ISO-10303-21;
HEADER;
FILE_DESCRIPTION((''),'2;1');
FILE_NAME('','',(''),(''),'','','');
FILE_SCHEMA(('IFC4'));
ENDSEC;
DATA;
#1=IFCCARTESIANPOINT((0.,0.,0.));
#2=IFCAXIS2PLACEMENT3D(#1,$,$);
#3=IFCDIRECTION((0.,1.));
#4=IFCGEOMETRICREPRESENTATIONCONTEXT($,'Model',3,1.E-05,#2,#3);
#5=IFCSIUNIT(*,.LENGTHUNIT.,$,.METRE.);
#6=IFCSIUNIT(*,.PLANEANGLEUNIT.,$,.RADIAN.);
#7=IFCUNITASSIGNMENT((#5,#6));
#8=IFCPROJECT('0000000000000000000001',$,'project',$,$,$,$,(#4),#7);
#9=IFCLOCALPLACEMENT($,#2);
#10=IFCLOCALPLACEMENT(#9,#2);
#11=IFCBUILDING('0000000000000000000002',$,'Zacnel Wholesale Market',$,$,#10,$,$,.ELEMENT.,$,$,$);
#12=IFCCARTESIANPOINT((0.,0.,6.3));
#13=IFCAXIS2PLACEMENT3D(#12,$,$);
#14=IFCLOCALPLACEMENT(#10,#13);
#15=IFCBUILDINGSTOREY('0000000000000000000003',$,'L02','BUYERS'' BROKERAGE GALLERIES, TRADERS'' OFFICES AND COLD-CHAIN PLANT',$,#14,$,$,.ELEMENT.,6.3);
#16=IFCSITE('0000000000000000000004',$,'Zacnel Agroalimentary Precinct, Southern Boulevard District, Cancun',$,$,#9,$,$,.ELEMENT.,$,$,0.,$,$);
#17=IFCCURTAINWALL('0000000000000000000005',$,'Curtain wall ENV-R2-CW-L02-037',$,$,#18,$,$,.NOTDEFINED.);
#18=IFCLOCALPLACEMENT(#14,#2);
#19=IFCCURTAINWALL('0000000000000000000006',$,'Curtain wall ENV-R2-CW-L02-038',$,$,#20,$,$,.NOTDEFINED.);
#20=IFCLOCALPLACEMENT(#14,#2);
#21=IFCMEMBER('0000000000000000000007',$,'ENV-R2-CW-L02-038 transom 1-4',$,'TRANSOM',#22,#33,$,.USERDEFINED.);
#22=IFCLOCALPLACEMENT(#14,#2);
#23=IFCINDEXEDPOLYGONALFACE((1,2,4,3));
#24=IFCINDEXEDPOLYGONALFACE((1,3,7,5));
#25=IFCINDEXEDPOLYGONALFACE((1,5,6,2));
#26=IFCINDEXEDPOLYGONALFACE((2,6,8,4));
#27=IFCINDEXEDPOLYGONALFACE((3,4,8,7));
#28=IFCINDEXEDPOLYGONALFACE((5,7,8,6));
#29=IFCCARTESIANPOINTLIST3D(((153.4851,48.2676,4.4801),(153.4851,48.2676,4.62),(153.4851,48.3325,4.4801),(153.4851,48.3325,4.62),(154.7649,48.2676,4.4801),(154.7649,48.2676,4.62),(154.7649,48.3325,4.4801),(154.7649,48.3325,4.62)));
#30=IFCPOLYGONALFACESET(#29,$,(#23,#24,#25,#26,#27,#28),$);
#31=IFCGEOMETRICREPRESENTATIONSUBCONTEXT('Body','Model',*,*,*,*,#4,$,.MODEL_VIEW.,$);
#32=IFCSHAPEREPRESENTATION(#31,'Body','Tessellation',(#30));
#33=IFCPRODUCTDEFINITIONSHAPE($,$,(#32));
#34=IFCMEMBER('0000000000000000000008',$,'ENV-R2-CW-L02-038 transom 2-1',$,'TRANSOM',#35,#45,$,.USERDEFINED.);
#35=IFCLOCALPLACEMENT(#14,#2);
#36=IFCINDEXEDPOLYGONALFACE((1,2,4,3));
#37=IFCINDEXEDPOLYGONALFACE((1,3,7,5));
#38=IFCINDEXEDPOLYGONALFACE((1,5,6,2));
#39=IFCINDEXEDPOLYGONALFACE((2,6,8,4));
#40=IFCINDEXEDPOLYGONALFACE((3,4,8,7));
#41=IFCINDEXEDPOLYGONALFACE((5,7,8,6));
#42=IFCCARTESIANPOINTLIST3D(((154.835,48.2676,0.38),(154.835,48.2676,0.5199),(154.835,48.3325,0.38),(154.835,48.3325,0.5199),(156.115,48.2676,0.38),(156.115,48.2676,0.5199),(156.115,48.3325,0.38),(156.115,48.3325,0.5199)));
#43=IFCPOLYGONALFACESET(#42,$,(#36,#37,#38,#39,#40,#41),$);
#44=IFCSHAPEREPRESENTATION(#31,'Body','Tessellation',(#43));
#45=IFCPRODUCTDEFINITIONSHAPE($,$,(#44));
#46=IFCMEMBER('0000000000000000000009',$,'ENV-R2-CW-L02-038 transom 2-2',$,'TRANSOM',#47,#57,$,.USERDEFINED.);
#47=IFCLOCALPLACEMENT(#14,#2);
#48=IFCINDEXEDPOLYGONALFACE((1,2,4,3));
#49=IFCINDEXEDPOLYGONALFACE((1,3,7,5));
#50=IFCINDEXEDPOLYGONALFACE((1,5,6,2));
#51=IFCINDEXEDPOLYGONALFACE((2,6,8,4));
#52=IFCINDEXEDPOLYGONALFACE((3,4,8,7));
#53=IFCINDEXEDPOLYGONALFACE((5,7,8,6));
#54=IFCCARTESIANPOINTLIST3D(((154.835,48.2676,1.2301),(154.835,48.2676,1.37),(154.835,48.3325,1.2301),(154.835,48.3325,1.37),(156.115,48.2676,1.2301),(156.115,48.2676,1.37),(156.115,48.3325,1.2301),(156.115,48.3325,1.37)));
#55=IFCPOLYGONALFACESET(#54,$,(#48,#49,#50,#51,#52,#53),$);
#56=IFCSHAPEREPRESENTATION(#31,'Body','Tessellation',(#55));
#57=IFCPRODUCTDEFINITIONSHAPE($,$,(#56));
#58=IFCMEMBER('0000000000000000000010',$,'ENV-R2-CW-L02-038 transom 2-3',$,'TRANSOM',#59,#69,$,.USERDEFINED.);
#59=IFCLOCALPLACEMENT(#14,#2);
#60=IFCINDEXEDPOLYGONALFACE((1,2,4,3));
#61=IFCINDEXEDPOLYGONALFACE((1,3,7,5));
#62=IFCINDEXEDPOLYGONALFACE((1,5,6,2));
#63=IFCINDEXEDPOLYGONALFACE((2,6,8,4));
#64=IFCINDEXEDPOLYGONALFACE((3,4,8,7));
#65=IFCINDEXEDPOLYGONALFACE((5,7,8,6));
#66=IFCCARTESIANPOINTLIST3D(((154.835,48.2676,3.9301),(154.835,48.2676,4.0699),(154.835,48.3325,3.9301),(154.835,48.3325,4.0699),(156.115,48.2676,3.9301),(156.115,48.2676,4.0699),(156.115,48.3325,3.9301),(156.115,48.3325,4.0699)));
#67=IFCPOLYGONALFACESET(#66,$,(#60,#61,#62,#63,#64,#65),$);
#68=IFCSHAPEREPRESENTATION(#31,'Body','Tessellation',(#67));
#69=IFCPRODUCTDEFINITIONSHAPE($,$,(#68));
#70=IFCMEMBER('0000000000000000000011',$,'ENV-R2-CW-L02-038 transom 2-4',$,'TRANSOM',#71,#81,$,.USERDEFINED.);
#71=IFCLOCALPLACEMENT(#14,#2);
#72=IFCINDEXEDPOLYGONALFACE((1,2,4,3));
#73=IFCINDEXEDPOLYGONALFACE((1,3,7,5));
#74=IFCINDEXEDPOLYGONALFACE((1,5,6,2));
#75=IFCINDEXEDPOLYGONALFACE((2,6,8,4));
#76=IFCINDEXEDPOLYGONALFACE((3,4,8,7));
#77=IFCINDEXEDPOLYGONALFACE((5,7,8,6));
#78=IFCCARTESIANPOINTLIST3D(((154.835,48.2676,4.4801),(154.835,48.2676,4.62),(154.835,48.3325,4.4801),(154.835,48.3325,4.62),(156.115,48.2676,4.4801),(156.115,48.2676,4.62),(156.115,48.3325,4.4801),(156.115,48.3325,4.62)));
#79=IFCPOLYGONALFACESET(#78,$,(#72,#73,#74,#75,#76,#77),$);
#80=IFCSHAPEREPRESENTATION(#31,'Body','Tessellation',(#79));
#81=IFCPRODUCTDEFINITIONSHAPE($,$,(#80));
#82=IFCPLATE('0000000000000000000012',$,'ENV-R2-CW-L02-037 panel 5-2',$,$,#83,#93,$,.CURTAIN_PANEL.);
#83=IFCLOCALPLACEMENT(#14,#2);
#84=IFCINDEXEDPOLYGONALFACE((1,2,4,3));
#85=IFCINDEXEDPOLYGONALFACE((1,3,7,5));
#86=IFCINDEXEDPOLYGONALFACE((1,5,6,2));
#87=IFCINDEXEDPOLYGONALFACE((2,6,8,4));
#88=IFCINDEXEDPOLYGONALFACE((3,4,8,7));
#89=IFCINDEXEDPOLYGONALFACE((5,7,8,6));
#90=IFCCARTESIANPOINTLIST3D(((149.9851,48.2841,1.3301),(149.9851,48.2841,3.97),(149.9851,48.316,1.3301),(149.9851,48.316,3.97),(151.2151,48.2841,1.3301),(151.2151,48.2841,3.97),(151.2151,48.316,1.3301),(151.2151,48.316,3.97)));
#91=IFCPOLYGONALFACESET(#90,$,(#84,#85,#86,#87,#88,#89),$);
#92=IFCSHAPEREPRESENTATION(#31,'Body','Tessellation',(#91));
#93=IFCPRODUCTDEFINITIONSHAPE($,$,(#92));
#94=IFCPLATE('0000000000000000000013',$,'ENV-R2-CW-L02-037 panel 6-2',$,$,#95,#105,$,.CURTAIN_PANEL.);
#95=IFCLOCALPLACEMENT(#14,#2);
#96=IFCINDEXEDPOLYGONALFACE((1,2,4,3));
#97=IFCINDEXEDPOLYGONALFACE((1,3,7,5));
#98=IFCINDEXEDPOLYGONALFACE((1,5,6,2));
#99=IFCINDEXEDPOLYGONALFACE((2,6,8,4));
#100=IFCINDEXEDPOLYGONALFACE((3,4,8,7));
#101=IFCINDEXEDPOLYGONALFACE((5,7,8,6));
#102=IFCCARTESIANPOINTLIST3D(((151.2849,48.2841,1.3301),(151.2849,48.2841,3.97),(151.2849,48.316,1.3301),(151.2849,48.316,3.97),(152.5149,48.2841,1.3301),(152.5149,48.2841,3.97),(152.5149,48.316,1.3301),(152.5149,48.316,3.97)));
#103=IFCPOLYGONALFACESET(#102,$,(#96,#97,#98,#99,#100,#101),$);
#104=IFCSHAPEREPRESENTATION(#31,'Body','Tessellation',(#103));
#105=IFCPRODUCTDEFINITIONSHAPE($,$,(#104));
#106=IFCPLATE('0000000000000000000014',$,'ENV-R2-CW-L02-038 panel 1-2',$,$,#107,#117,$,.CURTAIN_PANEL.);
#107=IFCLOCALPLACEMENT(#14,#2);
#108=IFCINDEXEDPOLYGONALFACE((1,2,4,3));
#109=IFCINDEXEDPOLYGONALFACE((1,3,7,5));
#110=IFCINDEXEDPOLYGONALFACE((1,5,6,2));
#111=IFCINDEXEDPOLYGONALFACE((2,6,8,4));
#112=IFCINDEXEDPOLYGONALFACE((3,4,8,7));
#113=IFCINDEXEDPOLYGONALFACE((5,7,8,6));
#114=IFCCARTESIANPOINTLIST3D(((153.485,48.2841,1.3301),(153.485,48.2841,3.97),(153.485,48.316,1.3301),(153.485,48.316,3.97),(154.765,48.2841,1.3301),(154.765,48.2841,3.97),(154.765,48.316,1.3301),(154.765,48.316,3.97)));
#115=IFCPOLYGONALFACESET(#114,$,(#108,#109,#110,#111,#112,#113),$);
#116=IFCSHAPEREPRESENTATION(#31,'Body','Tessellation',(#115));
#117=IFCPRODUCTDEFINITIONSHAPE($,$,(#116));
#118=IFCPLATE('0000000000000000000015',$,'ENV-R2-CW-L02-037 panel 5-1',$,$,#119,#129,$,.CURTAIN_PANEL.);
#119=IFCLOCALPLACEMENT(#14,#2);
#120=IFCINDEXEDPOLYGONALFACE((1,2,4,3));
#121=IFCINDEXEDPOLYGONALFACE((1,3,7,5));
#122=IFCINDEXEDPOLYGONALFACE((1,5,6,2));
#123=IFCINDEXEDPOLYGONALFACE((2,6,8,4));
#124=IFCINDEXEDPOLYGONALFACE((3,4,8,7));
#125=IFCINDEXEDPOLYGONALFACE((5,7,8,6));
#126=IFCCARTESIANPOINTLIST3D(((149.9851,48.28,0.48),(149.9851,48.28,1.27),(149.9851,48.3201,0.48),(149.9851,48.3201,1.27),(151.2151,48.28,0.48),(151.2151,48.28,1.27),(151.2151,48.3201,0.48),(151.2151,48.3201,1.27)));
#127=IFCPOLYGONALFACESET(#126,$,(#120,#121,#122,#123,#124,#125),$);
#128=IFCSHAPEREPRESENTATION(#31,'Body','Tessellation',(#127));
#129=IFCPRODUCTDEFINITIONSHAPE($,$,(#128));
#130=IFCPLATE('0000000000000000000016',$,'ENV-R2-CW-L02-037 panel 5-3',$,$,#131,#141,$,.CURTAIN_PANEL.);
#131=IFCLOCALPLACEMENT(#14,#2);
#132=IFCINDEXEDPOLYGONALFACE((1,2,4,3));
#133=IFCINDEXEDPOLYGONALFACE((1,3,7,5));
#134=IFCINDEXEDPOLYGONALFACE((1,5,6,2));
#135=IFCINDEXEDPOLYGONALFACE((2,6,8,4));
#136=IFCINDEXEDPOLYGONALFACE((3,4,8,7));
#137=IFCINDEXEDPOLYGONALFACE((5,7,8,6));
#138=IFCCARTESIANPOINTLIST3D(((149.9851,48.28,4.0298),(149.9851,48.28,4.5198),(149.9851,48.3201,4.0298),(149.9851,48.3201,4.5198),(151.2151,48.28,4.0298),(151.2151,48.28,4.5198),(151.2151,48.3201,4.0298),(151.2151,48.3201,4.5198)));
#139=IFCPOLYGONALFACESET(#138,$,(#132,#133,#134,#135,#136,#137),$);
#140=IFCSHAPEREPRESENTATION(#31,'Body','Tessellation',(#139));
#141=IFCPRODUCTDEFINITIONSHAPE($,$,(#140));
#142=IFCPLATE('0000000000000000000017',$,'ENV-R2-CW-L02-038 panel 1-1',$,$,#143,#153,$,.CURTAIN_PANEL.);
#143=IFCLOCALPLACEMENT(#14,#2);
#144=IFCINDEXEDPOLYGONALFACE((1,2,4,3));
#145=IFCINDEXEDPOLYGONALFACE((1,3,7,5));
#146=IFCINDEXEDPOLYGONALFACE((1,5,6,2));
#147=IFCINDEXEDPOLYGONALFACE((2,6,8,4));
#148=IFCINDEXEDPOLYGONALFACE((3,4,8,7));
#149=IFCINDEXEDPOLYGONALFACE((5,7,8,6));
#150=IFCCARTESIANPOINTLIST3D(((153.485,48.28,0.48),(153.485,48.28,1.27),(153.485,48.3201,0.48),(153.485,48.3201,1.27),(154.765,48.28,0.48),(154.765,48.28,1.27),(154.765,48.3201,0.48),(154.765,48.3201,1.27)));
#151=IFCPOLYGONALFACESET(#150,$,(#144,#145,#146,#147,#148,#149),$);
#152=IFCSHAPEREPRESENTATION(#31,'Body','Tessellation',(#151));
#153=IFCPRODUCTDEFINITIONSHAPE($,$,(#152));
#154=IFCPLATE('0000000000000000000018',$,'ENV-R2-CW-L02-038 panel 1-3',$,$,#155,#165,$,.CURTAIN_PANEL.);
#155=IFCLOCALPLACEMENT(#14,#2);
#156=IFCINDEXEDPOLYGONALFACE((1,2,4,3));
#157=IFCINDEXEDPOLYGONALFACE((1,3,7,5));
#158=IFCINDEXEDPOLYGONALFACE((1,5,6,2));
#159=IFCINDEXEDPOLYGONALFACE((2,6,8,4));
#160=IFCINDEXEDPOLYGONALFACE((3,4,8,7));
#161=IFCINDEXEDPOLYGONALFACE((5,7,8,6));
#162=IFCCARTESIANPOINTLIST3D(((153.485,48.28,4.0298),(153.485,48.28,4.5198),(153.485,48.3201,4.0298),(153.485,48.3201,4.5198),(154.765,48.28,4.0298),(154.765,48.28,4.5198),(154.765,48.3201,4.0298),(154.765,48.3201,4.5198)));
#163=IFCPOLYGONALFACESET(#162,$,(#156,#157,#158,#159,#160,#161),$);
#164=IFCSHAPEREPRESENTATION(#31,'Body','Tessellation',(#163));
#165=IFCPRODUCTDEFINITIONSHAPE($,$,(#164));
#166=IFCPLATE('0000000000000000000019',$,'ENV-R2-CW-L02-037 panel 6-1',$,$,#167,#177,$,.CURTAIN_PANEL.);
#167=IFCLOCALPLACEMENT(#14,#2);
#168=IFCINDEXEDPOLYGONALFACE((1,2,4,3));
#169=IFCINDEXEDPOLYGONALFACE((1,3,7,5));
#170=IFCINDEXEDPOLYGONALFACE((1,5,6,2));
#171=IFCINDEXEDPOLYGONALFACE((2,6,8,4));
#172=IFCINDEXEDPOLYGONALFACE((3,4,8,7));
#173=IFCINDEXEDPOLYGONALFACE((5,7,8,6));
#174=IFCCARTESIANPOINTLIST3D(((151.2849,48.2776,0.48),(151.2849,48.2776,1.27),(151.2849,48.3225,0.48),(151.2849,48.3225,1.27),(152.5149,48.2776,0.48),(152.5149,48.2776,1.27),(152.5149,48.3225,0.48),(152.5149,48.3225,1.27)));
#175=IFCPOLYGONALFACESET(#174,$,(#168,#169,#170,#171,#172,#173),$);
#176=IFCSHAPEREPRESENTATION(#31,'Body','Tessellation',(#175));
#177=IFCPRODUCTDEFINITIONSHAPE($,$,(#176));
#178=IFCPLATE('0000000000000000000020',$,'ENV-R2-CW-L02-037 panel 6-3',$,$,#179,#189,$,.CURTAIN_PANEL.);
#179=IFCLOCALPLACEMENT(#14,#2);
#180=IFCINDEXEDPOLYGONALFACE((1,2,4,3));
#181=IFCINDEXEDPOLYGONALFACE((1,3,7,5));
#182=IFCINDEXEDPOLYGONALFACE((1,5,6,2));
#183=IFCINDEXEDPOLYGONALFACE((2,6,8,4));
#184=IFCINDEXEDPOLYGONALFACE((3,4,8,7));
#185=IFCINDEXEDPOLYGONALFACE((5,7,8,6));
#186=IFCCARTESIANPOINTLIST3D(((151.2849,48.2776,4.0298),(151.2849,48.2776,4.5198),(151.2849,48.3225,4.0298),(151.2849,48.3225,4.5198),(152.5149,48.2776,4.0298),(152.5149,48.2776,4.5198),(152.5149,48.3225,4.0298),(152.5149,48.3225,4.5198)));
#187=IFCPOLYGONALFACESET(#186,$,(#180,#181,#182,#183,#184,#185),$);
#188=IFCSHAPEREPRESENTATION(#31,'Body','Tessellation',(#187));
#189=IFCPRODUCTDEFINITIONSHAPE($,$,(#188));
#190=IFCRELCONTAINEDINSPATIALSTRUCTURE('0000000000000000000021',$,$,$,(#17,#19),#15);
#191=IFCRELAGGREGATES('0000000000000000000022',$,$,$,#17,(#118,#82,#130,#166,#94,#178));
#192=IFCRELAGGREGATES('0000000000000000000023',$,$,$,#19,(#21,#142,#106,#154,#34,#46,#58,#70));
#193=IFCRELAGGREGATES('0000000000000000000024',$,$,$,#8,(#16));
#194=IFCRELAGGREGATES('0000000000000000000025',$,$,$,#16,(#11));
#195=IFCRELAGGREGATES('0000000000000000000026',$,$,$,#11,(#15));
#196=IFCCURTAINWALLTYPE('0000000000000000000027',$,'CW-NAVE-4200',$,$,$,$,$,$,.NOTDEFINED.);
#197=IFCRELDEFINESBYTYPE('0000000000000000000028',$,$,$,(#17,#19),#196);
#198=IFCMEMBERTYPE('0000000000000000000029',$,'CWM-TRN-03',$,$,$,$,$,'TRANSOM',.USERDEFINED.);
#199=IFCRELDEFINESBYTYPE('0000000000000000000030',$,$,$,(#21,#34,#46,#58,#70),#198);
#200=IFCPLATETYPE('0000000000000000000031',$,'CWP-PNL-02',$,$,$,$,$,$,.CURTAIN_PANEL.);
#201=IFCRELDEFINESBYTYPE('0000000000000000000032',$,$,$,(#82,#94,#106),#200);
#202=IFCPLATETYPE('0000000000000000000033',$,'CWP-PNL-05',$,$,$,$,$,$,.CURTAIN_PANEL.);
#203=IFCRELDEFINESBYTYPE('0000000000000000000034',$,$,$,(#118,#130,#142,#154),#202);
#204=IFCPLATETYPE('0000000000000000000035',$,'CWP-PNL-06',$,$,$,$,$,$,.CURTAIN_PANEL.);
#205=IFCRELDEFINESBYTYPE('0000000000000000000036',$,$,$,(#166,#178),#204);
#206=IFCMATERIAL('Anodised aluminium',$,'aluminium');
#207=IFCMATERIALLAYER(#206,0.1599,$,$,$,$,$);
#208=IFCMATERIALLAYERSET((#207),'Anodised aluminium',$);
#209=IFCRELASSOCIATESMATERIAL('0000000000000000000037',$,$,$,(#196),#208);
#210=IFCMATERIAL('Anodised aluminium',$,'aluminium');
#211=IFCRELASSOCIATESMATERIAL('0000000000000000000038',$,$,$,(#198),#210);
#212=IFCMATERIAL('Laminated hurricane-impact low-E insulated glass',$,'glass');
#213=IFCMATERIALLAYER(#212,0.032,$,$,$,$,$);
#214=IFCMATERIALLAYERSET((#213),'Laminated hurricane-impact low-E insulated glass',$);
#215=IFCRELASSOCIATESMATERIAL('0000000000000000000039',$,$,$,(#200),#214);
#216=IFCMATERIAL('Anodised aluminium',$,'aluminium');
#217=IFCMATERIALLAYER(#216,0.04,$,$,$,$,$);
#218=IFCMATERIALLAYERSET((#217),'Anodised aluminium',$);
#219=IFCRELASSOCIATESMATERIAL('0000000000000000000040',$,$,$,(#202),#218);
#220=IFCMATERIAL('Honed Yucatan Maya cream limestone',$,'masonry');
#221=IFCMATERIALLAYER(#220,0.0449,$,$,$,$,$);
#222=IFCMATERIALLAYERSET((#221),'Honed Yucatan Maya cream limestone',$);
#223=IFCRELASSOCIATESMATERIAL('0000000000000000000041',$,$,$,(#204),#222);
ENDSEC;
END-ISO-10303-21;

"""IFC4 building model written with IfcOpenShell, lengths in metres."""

from ifc_helpers import new_model, si_unit, direction, frame, origin, origin_2d, place, context, subcontext, project, spatial, rectangle, extrude, material, layer, layer_set, material_profile, profile_set, type_object, element, aggregate, save


model = new_model("IFC4")

# Units and contexts
model_context = context("Model", 3, precision=1e-05, world=origin(), true_north=direction((0.0, 1.0)))
body_context = subcontext(model_context, "Body", "Model", "MODEL_VIEW")
ifc_project = project(units=[si_unit("LENGTHUNIT", "METRE"), si_unit("PLANEANGLEUNIT", "RADIAN")], contexts=[model_context])

# Site, building, storey
site_placement = place(None, origin())
site = spatial("IfcSite", under=ifc_project, at=site_placement, Name="Zacnel Agroalimentary Precinct, Southern Boulevard District, Cancun", CompositionType="ELEMENT", RefElevation=0.0)
building_placement = place(site_placement, origin())
building = spatial("IfcBuilding", under=site, at=building_placement, Name="Zacnel Wholesale Market", CompositionType="ELEMENT")
storey_placement = place(building_placement, frame((0.0, 0.0, 6.3)))
storey = spatial("IfcBuildingStorey", under=building, at=storey_placement, Name="L02", Description="BUYERS' BROKERAGE GALLERIES, TRADERS' OFFICES AND COLD-CHAIN PLANT", CompositionType="ELEMENT", Elevation=6.3)

# Curtain walls
ifc_material_1 = material(Name="Anodised aluminium", Category="aluminium")
ifc_layer_1 = layer(ifc_material_1, 0.1599)
ifc_layer_set_1 = layer_set([ifc_layer_1], Name="Anodised aluminium")
curtain_wall_type = type_object("IfcCurtainWallType", Name="CW-NAVE-4200", PredefinedType="NOTDEFINED", material=ifc_layer_set_1)
curtain_wall_1_placement = place(storey_placement, origin())
curtain_wall_1 = element("IfcCurtainWall", 1, at=curtain_wall_1_placement, inside=storey, type_object=curtain_wall_type, Name="Curtain wall ENV-R2-CW-L02-037", PredefinedType="NOTDEFINED")
curtain_wall_2_placement = place(storey_placement, origin())
curtain_wall_2 = element("IfcCurtainWall", 2, at=curtain_wall_2_placement, inside=storey, type_object=curtain_wall_type, Name="Curtain wall ENV-R2-CW-L02-038", PredefinedType="NOTDEFINED")

# Members
ifc_material_2 = material(Name="Anodised aluminium", Category="aluminium")
ifc_material_profile_1 = material_profile(ifc_material_2, rectangle(XDim=0.0649, YDim=0.1399, at=origin_2d()), Name="AW-TRANSOM 65x140")
ifc_profile_set_1 = profile_set([ifc_material_profile_1], Name="Anodised aluminium")
member_type_1 = type_object("IfcMemberType", Name="CWM-TRN-03", ElementType="TRANSOM", PredefinedType="USERDEFINED", material=ifc_profile_set_1)
member_1_placement = place(storey_placement, frame((153.4851, 48.3, 4.55), z_axis=(1.0, 0.0, 0.0), x_axis=(0.0, 1.0, 0.0)))
member_1 = element("IfcMember", 3, at=member_1_placement, type_object=member_type_1, Name="ENV-R2-CW-L02-038 transom 1-4", ObjectType="TRANSOM", PredefinedType="USERDEFINED", context=body_context, shape_type="SweptSolid", body=[
    extrude(rectangle(XDim=0.0649, YDim=0.1399, at=origin_2d()), origin(), (0.0, 0.0, 1.0), 1.2798),
])
member_2_placement = place(storey_placement, frame((154.835, 48.3, 0.45), z_axis=(1.0, 0.0, 0.0), x_axis=(0.0, 1.0, 0.0)))
member_2 = element("IfcMember", 4, at=member_2_placement, type_object=member_type_1, Name="ENV-R2-CW-L02-038 transom 2-1", ObjectType="TRANSOM", PredefinedType="USERDEFINED", context=body_context, shape_type="SweptSolid", body=[
    extrude(rectangle(XDim=0.0649, YDim=0.1399, at=origin_2d()), origin(), (0.0, 0.0, 1.0), 1.28),
])
member_3_placement = place(storey_placement, frame((154.835, 48.3, 1.3), z_axis=(1.0, 0.0, 0.0), x_axis=(0.0, 1.0, 0.0)))
member_3 = element("IfcMember", 5, at=member_3_placement, type_object=member_type_1, Name="ENV-R2-CW-L02-038 transom 2-2", ObjectType="TRANSOM", PredefinedType="USERDEFINED", context=body_context, shape_type="SweptSolid", body=[
    extrude(rectangle(XDim=0.0649, YDim=0.1399, at=origin_2d()), origin(), (0.0, 0.0, 1.0), 1.28),
])
member_4_placement = place(storey_placement, frame((154.835, 48.3, 4.0), z_axis=(1.0, 0.0, 0.0), x_axis=(0.0, 1.0, 0.0)))
member_4 = element("IfcMember", 6, at=member_4_placement, type_object=member_type_1, Name="ENV-R2-CW-L02-038 transom 2-3", ObjectType="TRANSOM", PredefinedType="USERDEFINED", context=body_context, shape_type="SweptSolid", body=[
    extrude(rectangle(XDim=0.0649, YDim=0.1399, at=origin_2d()), origin(), (0.0, 0.0, 1.0), 1.28),
])
member_5_placement = place(storey_placement, frame((154.835, 48.3, 4.55), z_axis=(1.0, 0.0, 0.0), x_axis=(0.0, 1.0, 0.0)))
member_5 = element("IfcMember", 7, at=member_5_placement, type_object=member_type_1, Name="ENV-R2-CW-L02-038 transom 2-4", ObjectType="TRANSOM", PredefinedType="USERDEFINED", context=body_context, shape_type="SweptSolid", body=[
    extrude(rectangle(XDim=0.0649, YDim=0.1399, at=origin_2d()), origin(), (0.0, 0.0, 1.0), 1.28),
])

# Plates
ifc_material_3 = material(Name="Laminated hurricane-impact low-E insulated glass", Category="glass")
ifc_layer_2 = layer(ifc_material_3, 0.032)
ifc_layer_set_2 = layer_set([ifc_layer_2], Name="Laminated hurricane-impact low-E insulated glass")
plate_type_1 = type_object("IfcPlateType", Name="CWP-PNL-02", PredefinedType="CURTAIN_PANEL", material=ifc_layer_set_2)
plate_1_placement = place(storey_placement, frame((150.6001, 48.3, 1.3301), z_axis=(0.0, 0.0, 1.0), x_axis=(1.0, 0.0, 0.0)))
plate_1 = element("IfcPlate", 8, at=plate_1_placement, type_object=plate_type_1, Name="ENV-R2-CW-L02-037 panel 5-2", PredefinedType="CURTAIN_PANEL", context=body_context, shape_type="SweptSolid", body=[
    extrude(rectangle(XDim=1.23, YDim=0.032, at=origin_2d()), origin(), (0.0, 0.0, 1.0), 2.6399),
])
plate_2_placement = place(storey_placement, frame((151.8999, 48.3, 1.3301), z_axis=(0.0, 0.0, 1.0), x_axis=(1.0, 0.0, 0.0)))
plate_2 = element("IfcPlate", 9, at=plate_2_placement, type_object=plate_type_1, Name="ENV-R2-CW-L02-037 panel 6-2", PredefinedType="CURTAIN_PANEL", context=body_context, shape_type="SweptSolid", body=[
    extrude(rectangle(XDim=1.23, YDim=0.032, at=origin_2d()), origin(), (0.0, 0.0, 1.0), 2.6399),
])
plate_3_placement = place(storey_placement, frame((154.125, 48.3, 1.3301), z_axis=(0.0, 0.0, 1.0), x_axis=(1.0, 0.0, 0.0)))
plate_3 = element("IfcPlate", 10, at=plate_3_placement, type_object=plate_type_1, Name="ENV-R2-CW-L02-038 panel 1-2", PredefinedType="CURTAIN_PANEL", context=body_context, shape_type="SweptSolid", body=[
    extrude(rectangle(XDim=1.28, YDim=0.032, at=origin_2d()), origin(), (0.0, 0.0, 1.0), 2.6399),
])
ifc_material_4 = material(Name="Anodised aluminium", Category="aluminium")
ifc_layer_3 = layer(ifc_material_4, 0.04)
ifc_layer_set_3 = layer_set([ifc_layer_3], Name="Anodised aluminium")
plate_type_2 = type_object("IfcPlateType", Name="CWP-PNL-05", PredefinedType="CURTAIN_PANEL", material=ifc_layer_set_3)
plate_4_placement = place(storey_placement, frame((150.6001, 48.3, 0.48), z_axis=(0.0, 0.0, 1.0), x_axis=(1.0, 0.0, 0.0)))
plate_4 = element("IfcPlate", 11, at=plate_4_placement, type_object=plate_type_2, Name="ENV-R2-CW-L02-037 panel 5-1", PredefinedType="CURTAIN_PANEL", context=body_context, shape_type="SweptSolid", body=[
    extrude(rectangle(XDim=1.23, YDim=0.04, at=origin_2d()), origin(), (0.0, 0.0, 1.0), 0.79),
])
plate_5_placement = place(storey_placement, frame((150.6001, 48.3, 4.0298), z_axis=(0.0, 0.0, 1.0), x_axis=(1.0, 0.0, 0.0)))
plate_5 = element("IfcPlate", 12, at=plate_5_placement, type_object=plate_type_2, Name="ENV-R2-CW-L02-037 panel 5-3", PredefinedType="CURTAIN_PANEL", context=body_context, shape_type="SweptSolid", body=[
    extrude(rectangle(XDim=1.23, YDim=0.04, at=origin_2d()), origin(), (0.0, 0.0, 1.0), 0.49),
])
plate_6_placement = place(storey_placement, frame((154.125, 48.3, 0.48), z_axis=(0.0, 0.0, 1.0), x_axis=(1.0, 0.0, 0.0)))
plate_6 = element("IfcPlate", 13, at=plate_6_placement, type_object=plate_type_2, Name="ENV-R2-CW-L02-038 panel 1-1", PredefinedType="CURTAIN_PANEL", context=body_context, shape_type="SweptSolid", body=[
    extrude(rectangle(XDim=1.28, YDim=0.04, at=origin_2d()), origin(), (0.0, 0.0, 1.0), 0.79),
])
plate_7_placement = place(storey_placement, frame((154.125, 48.3, 4.0298), z_axis=(0.0, 0.0, 1.0), x_axis=(1.0, 0.0, 0.0)))
plate_7 = element("IfcPlate", 14, at=plate_7_placement, type_object=plate_type_2, Name="ENV-R2-CW-L02-038 panel 1-3", PredefinedType="CURTAIN_PANEL", context=body_context, shape_type="SweptSolid", body=[
    extrude(rectangle(XDim=1.28, YDim=0.04, at=origin_2d()), origin(), (0.0, 0.0, 1.0), 0.49),
])
ifc_material_5 = material(Name="Honed Yucatan Maya cream limestone", Category="masonry")
ifc_layer_4 = layer(ifc_material_5, 0.0449)
ifc_layer_set_4 = layer_set([ifc_layer_4], Name="Honed Yucatan Maya cream limestone")
plate_type_3 = type_object("IfcPlateType", Name="CWP-PNL-06", PredefinedType="CURTAIN_PANEL", material=ifc_layer_set_4)
plate_8_placement = place(storey_placement, frame((151.8999, 48.3, 0.48), z_axis=(0.0, 0.0, 1.0), x_axis=(1.0, 0.0, 0.0)))
plate_8 = element("IfcPlate", 15, at=plate_8_placement, type_object=plate_type_3, Name="ENV-R2-CW-L02-037 panel 6-1", PredefinedType="CURTAIN_PANEL", context=body_context, shape_type="SweptSolid", body=[
    extrude(rectangle(XDim=1.23, YDim=0.0449, at=origin_2d()), origin(), (0.0, 0.0, 1.0), 0.79),
])
plate_9_placement = place(storey_placement, frame((151.8999, 48.3, 4.0298), z_axis=(0.0, 0.0, 1.0), x_axis=(1.0, 0.0, 0.0)))
plate_9 = element("IfcPlate", 16, at=plate_9_placement, type_object=plate_type_3, Name="ENV-R2-CW-L02-037 panel 6-3", PredefinedType="CURTAIN_PANEL", context=body_context, shape_type="SweptSolid", body=[
    extrude(rectangle(XDim=1.23, YDim=0.0449, at=origin_2d()), origin(), (0.0, 0.0, 1.0), 0.49),
])
aggregate(curtain_wall_1, [plate_4, plate_1, plate_5, plate_8, plate_2, plate_9])
aggregate(curtain_wall_2, [member_1, plate_6, plate_3, plate_7, member_2, member_3, member_4, member_5])

save(model, "model.ifc")
